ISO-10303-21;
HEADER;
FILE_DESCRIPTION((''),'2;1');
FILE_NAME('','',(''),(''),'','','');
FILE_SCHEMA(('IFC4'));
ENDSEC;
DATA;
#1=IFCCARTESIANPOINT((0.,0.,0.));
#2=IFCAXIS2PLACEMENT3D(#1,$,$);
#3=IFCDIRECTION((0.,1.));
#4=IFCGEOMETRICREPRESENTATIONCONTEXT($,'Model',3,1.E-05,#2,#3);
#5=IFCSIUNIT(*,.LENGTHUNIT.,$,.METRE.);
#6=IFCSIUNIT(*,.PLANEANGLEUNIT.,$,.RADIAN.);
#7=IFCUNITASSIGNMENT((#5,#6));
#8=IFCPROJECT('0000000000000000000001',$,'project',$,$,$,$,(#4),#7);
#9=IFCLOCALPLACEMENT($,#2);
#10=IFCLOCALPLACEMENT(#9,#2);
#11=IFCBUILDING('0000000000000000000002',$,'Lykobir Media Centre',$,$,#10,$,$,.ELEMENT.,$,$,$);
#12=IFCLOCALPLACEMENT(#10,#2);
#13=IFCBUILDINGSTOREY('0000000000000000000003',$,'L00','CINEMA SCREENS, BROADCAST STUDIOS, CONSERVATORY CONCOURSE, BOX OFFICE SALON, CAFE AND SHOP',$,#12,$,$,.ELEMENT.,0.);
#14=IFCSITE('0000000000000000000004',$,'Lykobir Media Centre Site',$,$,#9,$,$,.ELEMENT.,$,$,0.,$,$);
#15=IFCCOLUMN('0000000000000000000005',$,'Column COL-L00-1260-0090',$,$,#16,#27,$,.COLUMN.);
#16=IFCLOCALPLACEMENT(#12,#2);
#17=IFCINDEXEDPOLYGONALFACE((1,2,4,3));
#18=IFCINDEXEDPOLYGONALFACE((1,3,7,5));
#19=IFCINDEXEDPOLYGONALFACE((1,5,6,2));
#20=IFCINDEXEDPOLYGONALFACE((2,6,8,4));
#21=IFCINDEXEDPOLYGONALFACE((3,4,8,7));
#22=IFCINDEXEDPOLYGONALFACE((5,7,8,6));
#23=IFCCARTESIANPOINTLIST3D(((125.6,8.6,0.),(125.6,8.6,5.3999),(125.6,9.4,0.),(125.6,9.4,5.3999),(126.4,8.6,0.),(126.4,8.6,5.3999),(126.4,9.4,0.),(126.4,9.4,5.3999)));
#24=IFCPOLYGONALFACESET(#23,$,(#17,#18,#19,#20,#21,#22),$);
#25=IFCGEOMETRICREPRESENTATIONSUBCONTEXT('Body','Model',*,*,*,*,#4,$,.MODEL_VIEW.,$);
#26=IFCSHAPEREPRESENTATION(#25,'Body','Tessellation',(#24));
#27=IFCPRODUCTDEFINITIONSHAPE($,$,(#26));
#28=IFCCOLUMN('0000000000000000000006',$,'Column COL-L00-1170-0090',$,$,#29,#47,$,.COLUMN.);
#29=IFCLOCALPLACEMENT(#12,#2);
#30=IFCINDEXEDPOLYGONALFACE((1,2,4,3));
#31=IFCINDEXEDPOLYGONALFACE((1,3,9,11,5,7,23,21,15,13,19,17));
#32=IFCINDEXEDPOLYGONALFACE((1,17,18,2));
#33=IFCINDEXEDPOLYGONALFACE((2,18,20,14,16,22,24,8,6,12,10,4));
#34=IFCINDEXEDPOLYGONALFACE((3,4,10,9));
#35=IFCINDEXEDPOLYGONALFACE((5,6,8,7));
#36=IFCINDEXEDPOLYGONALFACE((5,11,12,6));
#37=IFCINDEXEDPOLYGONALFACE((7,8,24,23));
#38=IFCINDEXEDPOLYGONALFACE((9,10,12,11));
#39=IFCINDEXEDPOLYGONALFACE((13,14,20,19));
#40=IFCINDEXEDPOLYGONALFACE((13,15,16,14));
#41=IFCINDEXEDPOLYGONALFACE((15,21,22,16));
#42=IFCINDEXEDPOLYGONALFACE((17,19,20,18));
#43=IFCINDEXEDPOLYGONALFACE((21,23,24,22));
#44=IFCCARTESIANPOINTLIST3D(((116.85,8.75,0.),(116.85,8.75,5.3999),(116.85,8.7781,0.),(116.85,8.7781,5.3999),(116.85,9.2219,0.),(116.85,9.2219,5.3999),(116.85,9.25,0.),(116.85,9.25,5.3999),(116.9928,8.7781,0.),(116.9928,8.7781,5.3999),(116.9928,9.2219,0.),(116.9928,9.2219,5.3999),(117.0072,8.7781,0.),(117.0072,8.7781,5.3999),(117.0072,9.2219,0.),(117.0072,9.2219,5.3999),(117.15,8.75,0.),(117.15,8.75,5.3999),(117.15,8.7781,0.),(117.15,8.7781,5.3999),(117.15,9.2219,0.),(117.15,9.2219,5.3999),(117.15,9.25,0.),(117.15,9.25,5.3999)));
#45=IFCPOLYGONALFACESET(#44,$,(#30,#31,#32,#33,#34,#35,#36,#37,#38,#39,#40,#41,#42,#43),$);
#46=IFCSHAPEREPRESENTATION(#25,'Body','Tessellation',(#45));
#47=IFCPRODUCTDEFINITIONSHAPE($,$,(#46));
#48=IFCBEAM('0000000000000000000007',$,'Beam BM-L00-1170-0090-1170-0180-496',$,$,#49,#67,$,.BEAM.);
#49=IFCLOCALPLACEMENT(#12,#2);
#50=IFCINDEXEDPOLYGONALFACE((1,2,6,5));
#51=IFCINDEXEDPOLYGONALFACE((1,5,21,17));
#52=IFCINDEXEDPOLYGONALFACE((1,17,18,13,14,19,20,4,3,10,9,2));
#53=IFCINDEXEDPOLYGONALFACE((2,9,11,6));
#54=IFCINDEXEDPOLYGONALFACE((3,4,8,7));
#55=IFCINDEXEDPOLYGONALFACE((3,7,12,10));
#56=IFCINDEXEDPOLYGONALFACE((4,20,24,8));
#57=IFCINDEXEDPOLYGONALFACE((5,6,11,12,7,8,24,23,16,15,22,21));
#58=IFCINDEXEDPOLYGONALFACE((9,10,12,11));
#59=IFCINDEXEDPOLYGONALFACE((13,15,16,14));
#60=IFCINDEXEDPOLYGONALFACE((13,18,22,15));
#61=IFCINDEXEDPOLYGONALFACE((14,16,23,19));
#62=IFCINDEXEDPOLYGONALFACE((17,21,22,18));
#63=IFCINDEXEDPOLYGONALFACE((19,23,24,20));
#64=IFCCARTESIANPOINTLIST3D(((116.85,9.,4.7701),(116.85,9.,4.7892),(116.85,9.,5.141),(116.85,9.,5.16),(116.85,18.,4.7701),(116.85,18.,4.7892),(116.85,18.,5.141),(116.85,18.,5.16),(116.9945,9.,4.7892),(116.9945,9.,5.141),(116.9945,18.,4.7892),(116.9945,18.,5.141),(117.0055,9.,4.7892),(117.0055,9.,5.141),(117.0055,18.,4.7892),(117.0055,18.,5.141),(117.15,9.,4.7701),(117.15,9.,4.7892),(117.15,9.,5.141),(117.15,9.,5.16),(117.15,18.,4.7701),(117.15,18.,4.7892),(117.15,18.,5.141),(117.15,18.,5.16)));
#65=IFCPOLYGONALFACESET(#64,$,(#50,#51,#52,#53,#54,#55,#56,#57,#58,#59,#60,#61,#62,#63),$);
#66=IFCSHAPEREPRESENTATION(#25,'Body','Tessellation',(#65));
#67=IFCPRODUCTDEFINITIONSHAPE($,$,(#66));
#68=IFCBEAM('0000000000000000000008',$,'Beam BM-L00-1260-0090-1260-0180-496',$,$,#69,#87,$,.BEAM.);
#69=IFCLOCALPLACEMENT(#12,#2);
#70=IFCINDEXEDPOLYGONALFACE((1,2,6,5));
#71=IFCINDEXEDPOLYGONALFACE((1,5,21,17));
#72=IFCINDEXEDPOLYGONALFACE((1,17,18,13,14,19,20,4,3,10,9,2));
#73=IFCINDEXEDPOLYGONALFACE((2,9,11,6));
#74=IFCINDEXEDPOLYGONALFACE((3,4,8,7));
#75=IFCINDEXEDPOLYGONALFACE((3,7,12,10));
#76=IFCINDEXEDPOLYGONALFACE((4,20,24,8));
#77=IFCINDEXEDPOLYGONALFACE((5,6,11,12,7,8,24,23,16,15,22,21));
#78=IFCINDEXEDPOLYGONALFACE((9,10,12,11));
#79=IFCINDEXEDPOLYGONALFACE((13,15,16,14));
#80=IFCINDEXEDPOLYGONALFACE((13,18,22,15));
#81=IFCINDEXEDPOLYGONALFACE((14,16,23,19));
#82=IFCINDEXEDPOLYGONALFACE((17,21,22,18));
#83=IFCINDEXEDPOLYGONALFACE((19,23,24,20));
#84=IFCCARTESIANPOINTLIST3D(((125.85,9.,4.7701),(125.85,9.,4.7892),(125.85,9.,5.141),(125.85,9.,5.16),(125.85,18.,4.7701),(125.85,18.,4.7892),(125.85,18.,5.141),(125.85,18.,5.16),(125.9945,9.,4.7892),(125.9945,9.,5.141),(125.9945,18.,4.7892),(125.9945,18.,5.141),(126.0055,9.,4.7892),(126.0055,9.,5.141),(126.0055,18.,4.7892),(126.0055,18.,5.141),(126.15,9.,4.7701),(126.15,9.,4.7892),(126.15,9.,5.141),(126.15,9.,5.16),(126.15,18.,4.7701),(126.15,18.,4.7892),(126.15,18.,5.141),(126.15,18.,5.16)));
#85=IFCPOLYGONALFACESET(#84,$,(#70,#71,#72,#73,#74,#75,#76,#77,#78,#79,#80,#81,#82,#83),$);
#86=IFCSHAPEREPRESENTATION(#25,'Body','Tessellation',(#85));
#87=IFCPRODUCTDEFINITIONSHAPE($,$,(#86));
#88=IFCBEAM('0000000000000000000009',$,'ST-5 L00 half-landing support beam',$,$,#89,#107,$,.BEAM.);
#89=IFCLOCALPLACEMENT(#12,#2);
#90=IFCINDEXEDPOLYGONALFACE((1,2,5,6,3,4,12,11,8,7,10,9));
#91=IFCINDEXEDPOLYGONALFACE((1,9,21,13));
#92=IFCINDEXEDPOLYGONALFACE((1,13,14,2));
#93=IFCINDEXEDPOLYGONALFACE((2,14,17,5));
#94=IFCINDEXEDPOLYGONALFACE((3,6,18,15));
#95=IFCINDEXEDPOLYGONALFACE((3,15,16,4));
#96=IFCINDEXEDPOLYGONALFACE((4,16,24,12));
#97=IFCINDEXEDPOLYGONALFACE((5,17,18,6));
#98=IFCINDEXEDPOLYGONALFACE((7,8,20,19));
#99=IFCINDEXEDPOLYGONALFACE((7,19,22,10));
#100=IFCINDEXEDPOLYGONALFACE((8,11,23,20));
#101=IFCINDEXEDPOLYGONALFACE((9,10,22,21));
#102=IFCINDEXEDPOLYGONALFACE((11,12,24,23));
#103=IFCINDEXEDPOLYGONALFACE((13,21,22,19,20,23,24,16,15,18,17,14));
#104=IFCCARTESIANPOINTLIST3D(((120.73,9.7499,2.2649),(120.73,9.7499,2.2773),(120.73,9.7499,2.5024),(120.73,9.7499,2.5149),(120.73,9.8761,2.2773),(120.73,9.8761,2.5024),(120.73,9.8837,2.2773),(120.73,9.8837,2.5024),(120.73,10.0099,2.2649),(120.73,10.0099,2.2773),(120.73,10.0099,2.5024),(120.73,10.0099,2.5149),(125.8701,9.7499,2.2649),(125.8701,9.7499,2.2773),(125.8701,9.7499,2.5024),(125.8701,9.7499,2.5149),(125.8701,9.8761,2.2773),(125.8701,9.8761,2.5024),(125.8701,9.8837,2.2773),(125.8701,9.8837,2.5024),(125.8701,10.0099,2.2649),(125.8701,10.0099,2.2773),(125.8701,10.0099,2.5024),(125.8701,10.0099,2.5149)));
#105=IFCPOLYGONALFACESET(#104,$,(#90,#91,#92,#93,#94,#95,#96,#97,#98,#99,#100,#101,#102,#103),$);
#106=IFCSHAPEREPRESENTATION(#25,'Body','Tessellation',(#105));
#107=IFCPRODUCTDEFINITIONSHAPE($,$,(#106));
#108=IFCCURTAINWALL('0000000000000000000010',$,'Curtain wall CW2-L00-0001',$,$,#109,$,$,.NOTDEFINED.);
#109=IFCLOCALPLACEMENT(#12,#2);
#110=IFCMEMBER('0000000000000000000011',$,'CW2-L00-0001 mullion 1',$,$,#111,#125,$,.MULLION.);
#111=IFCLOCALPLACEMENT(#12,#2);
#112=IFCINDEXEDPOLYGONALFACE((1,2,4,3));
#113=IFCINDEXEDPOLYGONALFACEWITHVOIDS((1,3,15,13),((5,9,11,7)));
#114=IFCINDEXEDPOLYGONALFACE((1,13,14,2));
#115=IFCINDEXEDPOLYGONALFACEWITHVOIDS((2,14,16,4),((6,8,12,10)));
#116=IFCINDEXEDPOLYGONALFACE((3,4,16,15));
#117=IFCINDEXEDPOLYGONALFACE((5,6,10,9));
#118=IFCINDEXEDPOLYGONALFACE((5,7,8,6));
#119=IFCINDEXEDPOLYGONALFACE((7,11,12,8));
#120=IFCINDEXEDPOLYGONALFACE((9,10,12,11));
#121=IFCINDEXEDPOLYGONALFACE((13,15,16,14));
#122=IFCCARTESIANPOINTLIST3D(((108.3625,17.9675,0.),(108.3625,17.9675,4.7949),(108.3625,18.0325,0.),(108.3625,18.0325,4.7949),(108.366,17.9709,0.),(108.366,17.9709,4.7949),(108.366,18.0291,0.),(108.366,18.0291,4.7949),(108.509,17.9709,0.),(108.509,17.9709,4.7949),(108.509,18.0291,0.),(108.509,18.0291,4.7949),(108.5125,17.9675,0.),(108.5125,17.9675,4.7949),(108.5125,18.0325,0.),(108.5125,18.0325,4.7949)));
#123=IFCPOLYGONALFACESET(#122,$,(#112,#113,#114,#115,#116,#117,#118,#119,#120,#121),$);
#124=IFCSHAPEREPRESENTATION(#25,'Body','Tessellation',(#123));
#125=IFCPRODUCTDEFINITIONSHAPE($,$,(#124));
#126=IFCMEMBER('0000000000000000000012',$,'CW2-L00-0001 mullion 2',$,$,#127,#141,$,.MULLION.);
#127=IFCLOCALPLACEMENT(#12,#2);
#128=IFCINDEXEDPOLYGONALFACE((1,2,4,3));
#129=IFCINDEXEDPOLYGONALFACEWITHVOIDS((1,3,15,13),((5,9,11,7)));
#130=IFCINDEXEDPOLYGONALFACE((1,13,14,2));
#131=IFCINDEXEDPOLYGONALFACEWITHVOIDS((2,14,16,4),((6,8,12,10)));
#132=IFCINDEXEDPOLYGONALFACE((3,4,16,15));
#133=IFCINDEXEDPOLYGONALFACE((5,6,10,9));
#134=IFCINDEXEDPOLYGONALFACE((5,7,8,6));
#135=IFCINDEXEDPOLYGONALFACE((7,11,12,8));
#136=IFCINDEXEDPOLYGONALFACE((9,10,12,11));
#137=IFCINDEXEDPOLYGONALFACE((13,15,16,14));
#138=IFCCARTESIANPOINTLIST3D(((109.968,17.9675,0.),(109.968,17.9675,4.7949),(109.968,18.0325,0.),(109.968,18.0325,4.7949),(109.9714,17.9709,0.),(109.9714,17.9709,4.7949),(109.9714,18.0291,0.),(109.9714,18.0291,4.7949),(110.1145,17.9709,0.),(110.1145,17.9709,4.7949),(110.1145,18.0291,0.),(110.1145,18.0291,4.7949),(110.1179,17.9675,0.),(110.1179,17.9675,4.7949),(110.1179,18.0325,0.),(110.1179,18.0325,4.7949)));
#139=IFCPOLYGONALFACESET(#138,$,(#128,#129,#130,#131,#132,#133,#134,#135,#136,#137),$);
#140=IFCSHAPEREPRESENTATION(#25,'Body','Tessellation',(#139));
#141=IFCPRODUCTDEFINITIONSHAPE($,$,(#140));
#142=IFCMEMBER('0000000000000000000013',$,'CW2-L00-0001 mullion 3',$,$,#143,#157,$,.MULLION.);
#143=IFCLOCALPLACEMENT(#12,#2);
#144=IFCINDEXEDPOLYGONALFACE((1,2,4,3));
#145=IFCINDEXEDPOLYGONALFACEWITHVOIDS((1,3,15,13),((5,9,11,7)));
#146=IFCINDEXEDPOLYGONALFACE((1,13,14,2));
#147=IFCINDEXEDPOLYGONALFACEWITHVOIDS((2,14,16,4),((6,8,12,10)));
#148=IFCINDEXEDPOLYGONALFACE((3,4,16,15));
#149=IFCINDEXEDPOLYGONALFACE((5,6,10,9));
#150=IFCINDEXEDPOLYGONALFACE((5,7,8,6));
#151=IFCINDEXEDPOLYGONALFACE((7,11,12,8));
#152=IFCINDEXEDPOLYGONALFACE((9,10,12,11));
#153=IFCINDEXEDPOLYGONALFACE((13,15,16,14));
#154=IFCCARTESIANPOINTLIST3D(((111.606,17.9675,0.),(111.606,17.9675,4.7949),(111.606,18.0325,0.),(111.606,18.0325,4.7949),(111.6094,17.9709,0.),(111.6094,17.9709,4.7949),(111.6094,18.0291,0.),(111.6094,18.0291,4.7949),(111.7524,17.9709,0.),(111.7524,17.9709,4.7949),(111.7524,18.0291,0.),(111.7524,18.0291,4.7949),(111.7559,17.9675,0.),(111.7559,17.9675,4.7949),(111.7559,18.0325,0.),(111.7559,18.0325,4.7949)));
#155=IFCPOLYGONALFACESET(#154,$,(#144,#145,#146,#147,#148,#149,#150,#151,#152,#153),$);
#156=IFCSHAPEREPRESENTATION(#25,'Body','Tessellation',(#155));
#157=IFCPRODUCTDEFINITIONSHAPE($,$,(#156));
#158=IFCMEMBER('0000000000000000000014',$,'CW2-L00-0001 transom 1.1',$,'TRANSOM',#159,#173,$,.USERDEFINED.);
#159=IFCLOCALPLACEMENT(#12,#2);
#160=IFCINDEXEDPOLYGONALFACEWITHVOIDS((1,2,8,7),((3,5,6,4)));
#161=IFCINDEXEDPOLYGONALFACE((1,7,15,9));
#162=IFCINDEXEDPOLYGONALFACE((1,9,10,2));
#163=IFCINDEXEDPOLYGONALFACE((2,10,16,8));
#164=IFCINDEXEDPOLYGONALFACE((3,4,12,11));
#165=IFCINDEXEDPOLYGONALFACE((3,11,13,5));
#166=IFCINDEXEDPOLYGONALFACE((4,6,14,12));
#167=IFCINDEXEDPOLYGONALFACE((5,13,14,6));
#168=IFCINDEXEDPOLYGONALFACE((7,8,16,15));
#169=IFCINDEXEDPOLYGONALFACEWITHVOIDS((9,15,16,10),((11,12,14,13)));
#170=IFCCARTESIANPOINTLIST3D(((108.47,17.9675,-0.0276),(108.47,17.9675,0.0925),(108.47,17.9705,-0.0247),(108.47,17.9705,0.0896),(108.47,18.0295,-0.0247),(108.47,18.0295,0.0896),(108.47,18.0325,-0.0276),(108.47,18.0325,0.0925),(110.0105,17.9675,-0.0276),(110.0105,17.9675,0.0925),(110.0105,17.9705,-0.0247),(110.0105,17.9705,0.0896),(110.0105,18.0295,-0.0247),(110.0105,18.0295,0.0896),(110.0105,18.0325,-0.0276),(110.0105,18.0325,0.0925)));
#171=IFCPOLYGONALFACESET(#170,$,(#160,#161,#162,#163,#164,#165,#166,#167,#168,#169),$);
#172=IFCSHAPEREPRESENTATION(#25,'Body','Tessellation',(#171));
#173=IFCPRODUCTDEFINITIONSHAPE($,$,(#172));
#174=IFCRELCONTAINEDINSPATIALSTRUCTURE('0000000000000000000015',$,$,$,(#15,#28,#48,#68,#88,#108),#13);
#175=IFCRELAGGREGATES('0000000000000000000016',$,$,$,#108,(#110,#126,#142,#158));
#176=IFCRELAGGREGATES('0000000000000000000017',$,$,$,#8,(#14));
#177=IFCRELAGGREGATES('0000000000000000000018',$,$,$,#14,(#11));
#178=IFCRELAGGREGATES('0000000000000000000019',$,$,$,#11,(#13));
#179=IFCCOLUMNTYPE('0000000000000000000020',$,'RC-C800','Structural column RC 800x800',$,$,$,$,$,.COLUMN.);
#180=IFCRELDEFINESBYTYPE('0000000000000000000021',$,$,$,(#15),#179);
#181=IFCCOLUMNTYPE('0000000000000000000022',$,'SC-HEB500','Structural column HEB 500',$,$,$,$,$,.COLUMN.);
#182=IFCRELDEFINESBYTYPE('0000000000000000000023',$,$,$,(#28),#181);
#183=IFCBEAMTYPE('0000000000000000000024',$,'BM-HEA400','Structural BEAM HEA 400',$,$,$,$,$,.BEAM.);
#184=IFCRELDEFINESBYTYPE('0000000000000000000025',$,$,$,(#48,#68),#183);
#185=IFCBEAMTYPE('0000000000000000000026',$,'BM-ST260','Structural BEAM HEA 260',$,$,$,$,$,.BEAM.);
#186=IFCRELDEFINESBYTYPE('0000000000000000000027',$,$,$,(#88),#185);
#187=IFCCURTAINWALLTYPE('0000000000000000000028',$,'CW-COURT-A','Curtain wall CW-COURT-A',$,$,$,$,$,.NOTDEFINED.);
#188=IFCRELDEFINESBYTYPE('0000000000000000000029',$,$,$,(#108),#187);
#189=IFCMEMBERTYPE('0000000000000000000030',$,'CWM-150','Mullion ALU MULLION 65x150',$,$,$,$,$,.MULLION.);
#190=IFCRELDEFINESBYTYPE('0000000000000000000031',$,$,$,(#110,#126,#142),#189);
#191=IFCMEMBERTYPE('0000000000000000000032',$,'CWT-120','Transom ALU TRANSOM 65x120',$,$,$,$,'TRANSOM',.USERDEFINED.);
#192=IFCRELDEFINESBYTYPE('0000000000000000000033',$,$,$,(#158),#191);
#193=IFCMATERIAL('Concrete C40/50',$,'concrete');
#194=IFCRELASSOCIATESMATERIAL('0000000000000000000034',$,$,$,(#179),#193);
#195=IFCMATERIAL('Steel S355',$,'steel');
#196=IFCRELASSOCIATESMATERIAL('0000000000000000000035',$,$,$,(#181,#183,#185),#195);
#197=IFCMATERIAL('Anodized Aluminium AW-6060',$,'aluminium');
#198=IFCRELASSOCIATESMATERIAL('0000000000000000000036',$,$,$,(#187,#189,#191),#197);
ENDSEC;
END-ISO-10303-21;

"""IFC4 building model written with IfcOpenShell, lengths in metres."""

from ifc_helpers import new_model, si_unit, direction, frame, origin, origin_2d, place, context, subcontext, project, spatial, rectangle, hollow_rectangle, i_section, extrude, material, material_profile, profile_set, type_object, element, aggregate, save


model = new_model("IFC4")

# Units and contexts
model_context = context("Model", 3, precision=1e-05, world=origin(), true_north=direction((0.0, 1.0)))
body_context = subcontext(model_context, "Body", "Model", "MODEL_VIEW")
ifc_project = project(units=[si_unit("LENGTHUNIT", "METRE"), si_unit("PLANEANGLEUNIT", "RADIAN")], contexts=[model_context])

# Site, building, storey
site_placement = place(None, origin())
site = spatial("IfcSite", under=ifc_project, at=site_placement, Name="Lykobir Media Centre Site", CompositionType="ELEMENT", RefElevation=0.0)
building_placement = place(site_placement, origin())
building = spatial("IfcBuilding", under=site, at=building_placement, Name="Lykobir Media Centre", CompositionType="ELEMENT")
storey_placement = place(building_placement, origin())
storey = spatial("IfcBuildingStorey", under=building, at=storey_placement, Name="L00", Description="CINEMA SCREENS, BROADCAST STUDIOS, CONSERVATORY CONCOURSE, BOX OFFICE SALON, CAFE AND SHOP", CompositionType="ELEMENT", Elevation=0.0)

# Columns
ifc_material_1 = material(Name="Concrete C40/50", Category="concrete")
ifc_material_profile_1 = material_profile(ifc_material_1, rectangle(XDim=0.8, YDim=0.8, at=origin_2d()), Name="RC 800x800")
ifc_profile_set_1 = profile_set([ifc_material_profile_1], Name="Concrete C40/50")
column_type_1 = type_object("IfcColumnType", Name="RC-C800", Description="Structural column RC 800x800", PredefinedType="COLUMN", material=ifc_profile_set_1)
column_1_placement = place(storey_placement, frame((126.0, 9.0, 0.0), z_axis=(0.0, 0.0, 1.0), x_axis=(1.0, 0.0, 0.0)))
element("IfcColumn", 1, at=column_1_placement, inside=storey, type_object=column_type_1, Name="Column COL-L00-1260-0090", PredefinedType="COLUMN", context=body_context, shape_type="SweptSolid", body=[
    extrude(rectangle(XDim=0.8, YDim=0.8, at=origin_2d()), origin(), (0.0, 0.0, 1.0), 5.3999),
])
ifc_material_2 = material(Name="Steel S355", Category="steel")
ifc_material_profile_2 = material_profile(ifc_material_2, i_section(OverallWidth=0.3, OverallDepth=0.5, WebThickness=0.0144, FlangeThickness=0.0281, at=origin_2d()), Name="HEB 500")
ifc_profile_set_2 = profile_set([ifc_material_profile_2], Name="Steel S355")
column_type_2 = type_object("IfcColumnType", Name="SC-HEB500", Description="Structural column HEB 500", PredefinedType="COLUMN", material=ifc_profile_set_2)
column_2_placement = place(storey_placement, frame((117.0, 9.0, 0.0), z_axis=(0.0, 0.0, 1.0), x_axis=(1.0, 0.0, 0.0)))
element("IfcColumn", 2, at=column_2_placement, inside=storey, type_object=column_type_2, Name="Column COL-L00-1170-0090", PredefinedType="COLUMN", context=body_context, shape_type="SweptSolid", body=[
    extrude(i_section(OverallWidth=0.3, OverallDepth=0.5, WebThickness=0.0144, FlangeThickness=0.0281, at=origin_2d()), origin(), (0.0, 0.0, 1.0), 5.3999),
])

# Beams
ifc_material_profile_3 = material_profile(ifc_material_2, i_section(OverallWidth=0.3, OverallDepth=0.3899, WebThickness=0.011, FlangeThickness=0.019, at=origin_2d()), Name="HEA 400")
ifc_profile_set_3 = profile_set([ifc_material_profile_3], Name="Steel S355")
beam_type_1 = type_object("IfcBeamType", Name="BM-HEA400", Description="Structural BEAM HEA 400", PredefinedType="BEAM", material=ifc_profile_set_3)
for number, where, z_axis, x_axis, name in (
    (3, (117.0, 9.0, 4.9651), (0.0, 1.0, 0.0), (-1.0, 0.0, 0.0), "Beam BM-L00-1170-0090-1170-0180-496"),
    (4, (126.0, 9.0, 4.9651), (0.0, 1.0, 0.0), (-1.0, 0.0, 0.0), "Beam BM-L00-1260-0090-1260-0180-496"),
):
    element("IfcBeam", number, at=place(storey_placement, frame(where, z_axis=z_axis, x_axis=x_axis)), inside=storey, type_object=beam_type_1, Name=name, PredefinedType="BEAM", context=body_context, shape_type="SweptSolid", body=[
        extrude(i_section(OverallWidth=0.3, OverallDepth=0.3899, WebThickness=0.011, FlangeThickness=0.019, at=origin_2d()), origin(), (0.0, 0.0, 1.0), 9.0),
    ])
ifc_material_profile_4 = material_profile(ifc_material_2, i_section(OverallWidth=0.26, OverallDepth=0.25, WebThickness=0.0076, FlangeThickness=0.0125, at=origin_2d()), Name="HEA 260")
ifc_profile_set_4 = profile_set([ifc_material_profile_4], Name="Steel S355")
beam_type_2 = type_object("IfcBeamType", Name="BM-ST260", Description="Structural BEAM HEA 260", PredefinedType="BEAM", material=ifc_profile_set_4)
beam_placement = place(storey_placement, frame((120.73, 9.8799, 2.3899), z_axis=(1.0, 0.0, 0.0), x_axis=(0.0, 1.0, 0.0)))
element("IfcBeam", 5, at=beam_placement, inside=storey, type_object=beam_type_2, Name="ST-5 L00 half-landing support beam", PredefinedType="BEAM", context=body_context, shape_type="SweptSolid", body=[
    extrude(i_section(OverallWidth=0.26, OverallDepth=0.25, WebThickness=0.0076, FlangeThickness=0.0125, at=origin_2d()), origin(), (0.0, 0.0, 1.0), 5.1401),
])

# Curtain wall, members
ifc_material_3 = material(Name="Anodized Aluminium AW-6060", Category="aluminium")
curtain_wall_type = type_object("IfcCurtainWallType", Name="CW-COURT-A", Description="Curtain wall CW-COURT-A", PredefinedType="NOTDEFINED", material=ifc_material_3)
curtain_wall_placement = place(storey_placement, origin())
curtain_wall = element("IfcCurtainWall", 6, at=curtain_wall_placement, inside=storey, type_object=curtain_wall_type, Name="Curtain wall CW2-L00-0001", PredefinedType="NOTDEFINED")
ifc_material_profile_5 = material_profile(ifc_material_3, hollow_rectangle(XDim=0.0649, YDim=0.1499, WallThickness=0.0034, at=origin_2d()), Name="ALU MULLION 65x150")
ifc_profile_set_5 = profile_set([ifc_material_profile_5], Name="Anodized Aluminium AW-6060")
member_type_1 = type_object("IfcMemberType", Name="CWM-150", Description="Mullion ALU MULLION 65x150", PredefinedType="MULLION", material=ifc_profile_set_5)
member_1_placement = place(storey_placement, frame((108.4375, 18.0, 0.0), z_axis=(0.0, 0.0, 1.0), x_axis=(0.0, 1.0, 0.0)))
member_1 = element("IfcMember", 7, at=member_1_placement, type_object=member_type_1, Name="CW2-L00-0001 mullion 1", PredefinedType="MULLION", context=body_context, shape_type="SweptSolid", body=[
    extrude(hollow_rectangle(XDim=0.0649, YDim=0.1499, WallThickness=0.0034, at=origin_2d()), origin(), (0.0, 0.0, 1.0), 4.7949),
])
member_2_placement = place(storey_placement, frame((110.043, 18.0, 0.0), z_axis=(0.0, 0.0, 1.0), x_axis=(0.0, 1.0, 0.0)))
member_2 = element("IfcMember", 8, at=member_2_placement, type_object=member_type_1, Name="CW2-L00-0001 mullion 2", PredefinedType="MULLION", context=body_context, shape_type="SweptSolid", body=[
    extrude(hollow_rectangle(XDim=0.0649, YDim=0.1499, WallThickness=0.0034, at=origin_2d()), origin(), (0.0, 0.0, 1.0), 4.7949),
])
member_3_placement = place(storey_placement, frame((111.6809, 18.0, 0.0), z_axis=(0.0, 0.0, 1.0), x_axis=(0.0, 1.0, 0.0)))
member_3 = element("IfcMember", 9, at=member_3_placement, type_object=member_type_1, Name="CW2-L00-0001 mullion 3", PredefinedType="MULLION", context=body_context, shape_type="SweptSolid", body=[
    extrude(hollow_rectangle(XDim=0.0649, YDim=0.1499, WallThickness=0.0034, at=origin_2d()), origin(), (0.0, 0.0, 1.0), 4.7949),
])
ifc_material_profile_6 = material_profile(ifc_material_3, hollow_rectangle(XDim=0.0649, YDim=0.1201, WallThickness=0.0029, at=origin_2d()), Name="ALU TRANSOM 65x120")
ifc_profile_set_6 = profile_set([ifc_material_profile_6], Name="Anodized Aluminium AW-6060")
member_type_2 = type_object("IfcMemberType", Name="CWT-120", Description="Transom ALU TRANSOM 65x120", ElementType="TRANSOM", PredefinedType="USERDEFINED", material=ifc_profile_set_6)
member_4_placement = place(storey_placement, frame((108.47, 18.0, 0.0325), z_axis=(1.0, 0.0, 0.0), x_axis=(0.0, 1.0, 0.0)))
member_4 = element("IfcMember", 10, at=member_4_placement, type_object=member_type_2, Name="CW2-L00-0001 transom 1.1", ObjectType="TRANSOM", PredefinedType="USERDEFINED", context=body_context, shape_type="SweptSolid", body=[
    extrude(hollow_rectangle(XDim=0.0649, YDim=0.1201, WallThickness=0.0029, at=origin_2d()), origin(), (0.0, 0.0, 1.0), 1.5405),
])

aggregate(curtain_wall, [member_1, member_2, member_3, member_4])

save(model, "model.ifc")
